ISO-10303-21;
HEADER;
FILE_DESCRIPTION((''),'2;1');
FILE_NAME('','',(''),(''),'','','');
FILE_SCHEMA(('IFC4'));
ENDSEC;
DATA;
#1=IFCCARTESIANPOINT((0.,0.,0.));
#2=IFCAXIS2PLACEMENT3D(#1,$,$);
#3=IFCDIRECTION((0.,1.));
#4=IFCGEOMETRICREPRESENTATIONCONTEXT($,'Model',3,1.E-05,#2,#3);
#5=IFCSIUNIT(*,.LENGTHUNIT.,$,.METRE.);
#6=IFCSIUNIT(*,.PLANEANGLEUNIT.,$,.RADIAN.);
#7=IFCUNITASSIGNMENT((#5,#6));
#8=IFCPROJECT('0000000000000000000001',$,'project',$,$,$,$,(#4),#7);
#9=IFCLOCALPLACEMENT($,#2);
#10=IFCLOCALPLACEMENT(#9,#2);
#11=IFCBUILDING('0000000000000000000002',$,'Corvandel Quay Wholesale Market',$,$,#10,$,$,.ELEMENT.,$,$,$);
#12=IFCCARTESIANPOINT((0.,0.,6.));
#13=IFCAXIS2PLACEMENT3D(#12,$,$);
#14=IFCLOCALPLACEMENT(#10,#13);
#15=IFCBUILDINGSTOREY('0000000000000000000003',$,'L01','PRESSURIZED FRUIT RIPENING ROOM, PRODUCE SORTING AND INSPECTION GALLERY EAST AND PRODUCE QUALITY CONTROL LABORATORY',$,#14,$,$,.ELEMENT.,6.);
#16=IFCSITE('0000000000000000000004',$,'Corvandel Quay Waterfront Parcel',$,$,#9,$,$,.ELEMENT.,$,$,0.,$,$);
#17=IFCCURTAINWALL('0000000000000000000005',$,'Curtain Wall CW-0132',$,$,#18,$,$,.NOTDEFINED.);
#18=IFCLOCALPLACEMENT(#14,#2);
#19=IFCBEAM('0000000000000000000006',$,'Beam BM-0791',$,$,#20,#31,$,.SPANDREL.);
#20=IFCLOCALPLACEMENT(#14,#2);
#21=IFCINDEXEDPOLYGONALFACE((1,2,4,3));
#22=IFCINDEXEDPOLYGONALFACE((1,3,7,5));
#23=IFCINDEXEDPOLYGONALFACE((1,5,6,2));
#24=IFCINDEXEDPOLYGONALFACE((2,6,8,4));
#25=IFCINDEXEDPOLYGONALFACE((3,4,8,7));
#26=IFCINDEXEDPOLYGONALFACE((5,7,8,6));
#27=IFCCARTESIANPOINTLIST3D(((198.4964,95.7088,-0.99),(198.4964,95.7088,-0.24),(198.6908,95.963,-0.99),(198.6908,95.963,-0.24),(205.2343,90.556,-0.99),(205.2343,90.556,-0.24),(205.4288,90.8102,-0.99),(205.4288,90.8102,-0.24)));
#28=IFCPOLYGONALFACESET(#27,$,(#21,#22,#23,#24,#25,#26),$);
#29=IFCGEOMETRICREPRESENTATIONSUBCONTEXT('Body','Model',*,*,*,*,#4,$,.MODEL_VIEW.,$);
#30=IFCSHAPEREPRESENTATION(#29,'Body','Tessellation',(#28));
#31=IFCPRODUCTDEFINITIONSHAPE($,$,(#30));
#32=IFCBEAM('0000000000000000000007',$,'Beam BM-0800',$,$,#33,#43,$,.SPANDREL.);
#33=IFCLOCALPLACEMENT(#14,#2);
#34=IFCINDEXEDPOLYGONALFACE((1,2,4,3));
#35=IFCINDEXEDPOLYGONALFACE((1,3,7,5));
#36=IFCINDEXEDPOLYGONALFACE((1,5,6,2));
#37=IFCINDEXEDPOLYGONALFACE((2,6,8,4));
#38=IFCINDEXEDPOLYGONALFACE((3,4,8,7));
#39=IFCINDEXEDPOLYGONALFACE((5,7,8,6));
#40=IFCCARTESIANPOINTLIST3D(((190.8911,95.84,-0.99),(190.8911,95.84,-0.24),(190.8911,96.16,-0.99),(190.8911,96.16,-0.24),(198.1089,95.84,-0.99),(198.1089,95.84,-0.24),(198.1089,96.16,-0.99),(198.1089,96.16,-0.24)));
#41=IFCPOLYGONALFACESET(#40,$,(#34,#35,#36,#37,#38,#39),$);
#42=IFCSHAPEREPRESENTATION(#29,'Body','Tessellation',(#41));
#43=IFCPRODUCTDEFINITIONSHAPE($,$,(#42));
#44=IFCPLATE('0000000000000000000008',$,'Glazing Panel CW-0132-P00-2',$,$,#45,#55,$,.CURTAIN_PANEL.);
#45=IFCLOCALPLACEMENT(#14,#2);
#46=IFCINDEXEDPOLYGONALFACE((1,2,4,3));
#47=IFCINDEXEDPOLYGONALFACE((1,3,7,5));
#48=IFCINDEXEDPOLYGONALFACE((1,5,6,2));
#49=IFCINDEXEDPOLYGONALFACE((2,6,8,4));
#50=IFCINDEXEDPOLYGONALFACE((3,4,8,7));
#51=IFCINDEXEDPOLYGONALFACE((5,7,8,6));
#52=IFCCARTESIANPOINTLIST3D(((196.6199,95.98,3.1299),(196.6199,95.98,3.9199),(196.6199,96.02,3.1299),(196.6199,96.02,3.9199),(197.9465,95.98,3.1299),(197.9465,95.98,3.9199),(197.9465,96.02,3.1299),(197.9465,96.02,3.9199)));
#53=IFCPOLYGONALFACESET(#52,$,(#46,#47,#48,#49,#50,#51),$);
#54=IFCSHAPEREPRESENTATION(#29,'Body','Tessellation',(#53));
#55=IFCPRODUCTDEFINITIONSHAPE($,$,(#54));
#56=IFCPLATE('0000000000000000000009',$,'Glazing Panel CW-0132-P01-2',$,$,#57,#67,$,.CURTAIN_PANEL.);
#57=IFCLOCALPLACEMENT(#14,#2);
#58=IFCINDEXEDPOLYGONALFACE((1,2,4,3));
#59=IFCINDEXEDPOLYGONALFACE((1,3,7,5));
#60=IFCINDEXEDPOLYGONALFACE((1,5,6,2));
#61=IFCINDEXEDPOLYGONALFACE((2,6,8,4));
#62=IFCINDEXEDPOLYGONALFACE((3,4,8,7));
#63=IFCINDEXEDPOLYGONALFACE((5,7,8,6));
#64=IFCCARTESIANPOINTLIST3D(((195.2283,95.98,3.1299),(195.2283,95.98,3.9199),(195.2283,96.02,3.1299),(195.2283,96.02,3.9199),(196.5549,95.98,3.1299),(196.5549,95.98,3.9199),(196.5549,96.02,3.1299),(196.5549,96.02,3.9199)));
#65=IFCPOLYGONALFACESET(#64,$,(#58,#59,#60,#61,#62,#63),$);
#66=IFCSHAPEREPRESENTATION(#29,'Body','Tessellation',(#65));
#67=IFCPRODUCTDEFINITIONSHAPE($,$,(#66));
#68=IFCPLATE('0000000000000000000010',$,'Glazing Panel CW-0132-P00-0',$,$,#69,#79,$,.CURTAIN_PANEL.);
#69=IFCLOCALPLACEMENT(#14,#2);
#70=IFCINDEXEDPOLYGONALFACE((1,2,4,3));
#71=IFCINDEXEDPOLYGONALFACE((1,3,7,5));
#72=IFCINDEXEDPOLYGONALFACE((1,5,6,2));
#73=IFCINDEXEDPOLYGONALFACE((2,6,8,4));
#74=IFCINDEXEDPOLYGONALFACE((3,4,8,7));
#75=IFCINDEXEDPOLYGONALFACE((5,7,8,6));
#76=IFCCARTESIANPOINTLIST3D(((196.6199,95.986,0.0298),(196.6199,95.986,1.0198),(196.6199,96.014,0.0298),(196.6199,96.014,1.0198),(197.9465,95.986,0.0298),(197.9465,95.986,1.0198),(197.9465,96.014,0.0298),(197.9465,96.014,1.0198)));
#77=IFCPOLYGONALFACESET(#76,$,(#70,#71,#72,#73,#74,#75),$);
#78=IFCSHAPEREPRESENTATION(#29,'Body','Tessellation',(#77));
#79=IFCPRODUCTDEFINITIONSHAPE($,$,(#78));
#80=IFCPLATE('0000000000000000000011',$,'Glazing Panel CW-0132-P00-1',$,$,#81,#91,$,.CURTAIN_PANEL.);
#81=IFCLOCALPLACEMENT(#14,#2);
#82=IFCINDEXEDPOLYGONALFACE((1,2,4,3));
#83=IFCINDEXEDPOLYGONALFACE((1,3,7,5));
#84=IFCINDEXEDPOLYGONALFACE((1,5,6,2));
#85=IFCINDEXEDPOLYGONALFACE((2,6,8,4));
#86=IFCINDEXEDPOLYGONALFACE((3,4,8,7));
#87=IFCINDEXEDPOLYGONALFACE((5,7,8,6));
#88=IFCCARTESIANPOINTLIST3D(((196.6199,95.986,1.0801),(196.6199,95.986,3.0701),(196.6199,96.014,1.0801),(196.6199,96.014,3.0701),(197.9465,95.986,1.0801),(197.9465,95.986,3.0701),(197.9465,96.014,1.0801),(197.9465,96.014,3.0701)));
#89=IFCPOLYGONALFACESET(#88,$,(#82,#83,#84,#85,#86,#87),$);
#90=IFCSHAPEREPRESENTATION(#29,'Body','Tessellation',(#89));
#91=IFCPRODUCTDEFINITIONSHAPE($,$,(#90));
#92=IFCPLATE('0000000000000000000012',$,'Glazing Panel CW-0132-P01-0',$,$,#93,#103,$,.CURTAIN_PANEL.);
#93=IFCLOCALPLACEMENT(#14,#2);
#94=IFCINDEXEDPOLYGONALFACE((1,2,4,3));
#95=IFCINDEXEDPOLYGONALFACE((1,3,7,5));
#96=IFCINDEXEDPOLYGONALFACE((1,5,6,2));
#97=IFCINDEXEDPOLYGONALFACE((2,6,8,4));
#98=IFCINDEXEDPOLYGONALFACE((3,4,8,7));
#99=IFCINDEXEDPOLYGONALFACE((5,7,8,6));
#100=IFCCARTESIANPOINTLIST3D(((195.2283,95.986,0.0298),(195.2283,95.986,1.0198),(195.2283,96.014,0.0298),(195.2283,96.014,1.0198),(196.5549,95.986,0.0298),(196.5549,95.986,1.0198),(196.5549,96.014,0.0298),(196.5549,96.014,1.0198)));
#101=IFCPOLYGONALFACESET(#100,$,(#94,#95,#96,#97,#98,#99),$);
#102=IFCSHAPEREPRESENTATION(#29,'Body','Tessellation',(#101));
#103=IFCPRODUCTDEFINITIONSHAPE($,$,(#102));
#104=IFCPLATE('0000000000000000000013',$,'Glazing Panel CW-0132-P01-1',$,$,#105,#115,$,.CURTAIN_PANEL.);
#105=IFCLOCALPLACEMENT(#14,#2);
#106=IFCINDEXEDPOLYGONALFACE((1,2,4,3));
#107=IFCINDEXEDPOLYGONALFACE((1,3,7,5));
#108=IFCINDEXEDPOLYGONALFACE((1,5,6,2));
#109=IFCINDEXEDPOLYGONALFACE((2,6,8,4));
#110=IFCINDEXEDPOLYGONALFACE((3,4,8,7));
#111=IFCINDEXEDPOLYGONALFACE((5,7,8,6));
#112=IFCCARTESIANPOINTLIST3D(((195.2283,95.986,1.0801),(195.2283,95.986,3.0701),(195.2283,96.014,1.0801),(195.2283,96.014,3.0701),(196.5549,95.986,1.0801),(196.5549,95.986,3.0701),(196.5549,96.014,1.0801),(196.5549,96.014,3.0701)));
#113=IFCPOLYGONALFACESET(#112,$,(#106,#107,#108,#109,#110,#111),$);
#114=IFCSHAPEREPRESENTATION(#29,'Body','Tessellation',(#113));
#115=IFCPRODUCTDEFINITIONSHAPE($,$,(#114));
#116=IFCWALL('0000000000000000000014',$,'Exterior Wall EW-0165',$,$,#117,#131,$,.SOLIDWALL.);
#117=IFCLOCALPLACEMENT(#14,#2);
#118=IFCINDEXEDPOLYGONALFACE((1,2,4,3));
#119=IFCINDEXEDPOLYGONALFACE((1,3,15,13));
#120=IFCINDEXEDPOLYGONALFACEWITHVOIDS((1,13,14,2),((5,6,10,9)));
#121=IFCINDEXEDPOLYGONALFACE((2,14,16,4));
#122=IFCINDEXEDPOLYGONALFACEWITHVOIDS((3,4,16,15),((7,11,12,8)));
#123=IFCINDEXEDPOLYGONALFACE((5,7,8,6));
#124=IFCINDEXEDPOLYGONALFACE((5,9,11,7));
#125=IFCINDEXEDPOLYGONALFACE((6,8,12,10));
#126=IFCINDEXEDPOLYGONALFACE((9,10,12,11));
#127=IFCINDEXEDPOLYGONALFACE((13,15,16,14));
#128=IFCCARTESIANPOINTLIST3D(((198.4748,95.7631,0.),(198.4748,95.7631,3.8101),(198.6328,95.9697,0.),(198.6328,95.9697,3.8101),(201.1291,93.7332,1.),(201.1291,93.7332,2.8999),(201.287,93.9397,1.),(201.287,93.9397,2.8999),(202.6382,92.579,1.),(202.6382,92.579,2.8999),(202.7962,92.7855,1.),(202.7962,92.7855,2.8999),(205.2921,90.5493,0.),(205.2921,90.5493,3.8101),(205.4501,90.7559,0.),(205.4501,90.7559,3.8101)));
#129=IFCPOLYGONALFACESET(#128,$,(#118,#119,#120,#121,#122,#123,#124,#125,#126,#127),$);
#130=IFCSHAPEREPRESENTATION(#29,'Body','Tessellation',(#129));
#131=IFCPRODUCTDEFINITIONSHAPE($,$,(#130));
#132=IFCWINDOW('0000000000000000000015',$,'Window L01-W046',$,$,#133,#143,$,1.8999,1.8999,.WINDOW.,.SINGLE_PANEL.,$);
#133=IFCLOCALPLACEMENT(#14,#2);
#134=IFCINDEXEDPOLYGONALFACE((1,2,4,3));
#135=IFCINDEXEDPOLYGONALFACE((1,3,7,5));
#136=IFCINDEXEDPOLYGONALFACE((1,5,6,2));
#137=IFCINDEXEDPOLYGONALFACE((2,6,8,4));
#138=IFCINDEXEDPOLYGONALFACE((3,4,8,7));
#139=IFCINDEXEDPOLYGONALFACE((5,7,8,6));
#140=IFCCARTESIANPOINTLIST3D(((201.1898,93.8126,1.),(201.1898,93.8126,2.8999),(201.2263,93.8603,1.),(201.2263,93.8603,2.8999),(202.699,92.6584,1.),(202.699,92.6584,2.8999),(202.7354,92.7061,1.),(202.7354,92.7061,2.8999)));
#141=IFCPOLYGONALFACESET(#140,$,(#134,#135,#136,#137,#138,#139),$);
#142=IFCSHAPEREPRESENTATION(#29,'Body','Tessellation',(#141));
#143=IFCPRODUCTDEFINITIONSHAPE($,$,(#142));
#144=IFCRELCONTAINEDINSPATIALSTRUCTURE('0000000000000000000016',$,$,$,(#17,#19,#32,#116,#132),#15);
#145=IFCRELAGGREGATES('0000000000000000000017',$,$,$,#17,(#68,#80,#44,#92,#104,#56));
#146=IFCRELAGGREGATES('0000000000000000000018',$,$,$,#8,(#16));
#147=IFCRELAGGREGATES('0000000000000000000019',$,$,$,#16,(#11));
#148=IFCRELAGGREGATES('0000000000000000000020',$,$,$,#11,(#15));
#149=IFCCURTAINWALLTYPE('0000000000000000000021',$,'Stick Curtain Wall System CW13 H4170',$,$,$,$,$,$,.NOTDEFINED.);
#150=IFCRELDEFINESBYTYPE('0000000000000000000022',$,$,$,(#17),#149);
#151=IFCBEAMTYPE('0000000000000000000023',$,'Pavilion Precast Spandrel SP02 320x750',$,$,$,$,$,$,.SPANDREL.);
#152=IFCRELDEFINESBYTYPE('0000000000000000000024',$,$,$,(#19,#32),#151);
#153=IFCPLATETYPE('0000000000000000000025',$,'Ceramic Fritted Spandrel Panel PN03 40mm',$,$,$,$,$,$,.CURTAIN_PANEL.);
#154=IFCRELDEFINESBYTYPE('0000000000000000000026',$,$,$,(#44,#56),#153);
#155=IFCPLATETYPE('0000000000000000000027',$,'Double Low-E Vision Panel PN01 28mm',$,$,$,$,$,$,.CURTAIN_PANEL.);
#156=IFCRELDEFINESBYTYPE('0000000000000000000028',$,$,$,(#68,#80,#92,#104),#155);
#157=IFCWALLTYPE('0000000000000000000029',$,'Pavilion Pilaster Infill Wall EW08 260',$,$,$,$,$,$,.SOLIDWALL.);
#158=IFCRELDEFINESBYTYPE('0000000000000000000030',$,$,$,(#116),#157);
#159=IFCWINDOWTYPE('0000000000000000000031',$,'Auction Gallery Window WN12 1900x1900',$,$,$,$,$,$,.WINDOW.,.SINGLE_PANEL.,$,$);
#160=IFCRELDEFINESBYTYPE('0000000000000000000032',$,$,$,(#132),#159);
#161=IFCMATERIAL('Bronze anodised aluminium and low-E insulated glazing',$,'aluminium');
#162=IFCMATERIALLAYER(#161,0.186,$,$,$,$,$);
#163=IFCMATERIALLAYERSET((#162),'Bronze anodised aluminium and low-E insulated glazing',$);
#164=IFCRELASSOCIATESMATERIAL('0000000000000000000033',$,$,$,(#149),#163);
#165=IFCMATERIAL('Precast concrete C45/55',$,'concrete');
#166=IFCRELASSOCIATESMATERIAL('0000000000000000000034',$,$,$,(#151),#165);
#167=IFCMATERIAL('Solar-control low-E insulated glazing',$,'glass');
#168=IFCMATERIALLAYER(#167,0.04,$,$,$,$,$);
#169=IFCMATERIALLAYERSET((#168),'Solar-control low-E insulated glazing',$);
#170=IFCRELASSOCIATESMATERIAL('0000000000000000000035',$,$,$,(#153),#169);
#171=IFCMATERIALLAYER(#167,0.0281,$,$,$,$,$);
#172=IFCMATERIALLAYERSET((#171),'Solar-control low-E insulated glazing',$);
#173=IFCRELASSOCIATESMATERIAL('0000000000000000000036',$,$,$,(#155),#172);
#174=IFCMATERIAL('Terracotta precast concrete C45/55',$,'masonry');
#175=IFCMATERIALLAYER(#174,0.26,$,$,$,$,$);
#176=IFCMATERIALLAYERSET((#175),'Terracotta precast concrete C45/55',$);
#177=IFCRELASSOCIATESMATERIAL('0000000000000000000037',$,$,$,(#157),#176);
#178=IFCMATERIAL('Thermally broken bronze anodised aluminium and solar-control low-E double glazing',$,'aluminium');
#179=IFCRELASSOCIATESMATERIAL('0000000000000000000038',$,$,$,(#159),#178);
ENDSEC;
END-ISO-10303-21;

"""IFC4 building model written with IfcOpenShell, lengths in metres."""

from ifc_helpers import new_model, si_unit, direction, frame, frame_2d, origin, origin_2d, place, context, subcontext, project, spatial, rectangle, extrude, material, layer, layer_set, material_profile, profile_set, type_object, element, fill, aggregate, save


model = new_model("IFC4")

# Units and contexts
model_context = context("Model", 3, precision=1e-05, world=origin(), true_north=direction((0.0, 1.0)))
body_context = subcontext(model_context, "Body", "Model", "MODEL_VIEW")
ifc_project = project(units=[si_unit("LENGTHUNIT", "METRE"), si_unit("PLANEANGLEUNIT", "RADIAN")], contexts=[model_context])

# Site, building, storey
site_placement = place(None, origin())
site = spatial("IfcSite", under=ifc_project, at=site_placement, Name="Corvandel Quay Waterfront Parcel", CompositionType="ELEMENT", RefElevation=0.0)
building_placement = place(site_placement, origin())
building = spatial("IfcBuilding", under=site, at=building_placement, Name="Corvandel Quay Wholesale Market", CompositionType="ELEMENT")
storey_placement = place(building_placement, frame((0.0, 0.0, 6.0)))
storey = spatial("IfcBuildingStorey", under=building, at=storey_placement, Name="L01", Description="PRESSURIZED FRUIT RIPENING ROOM, PRODUCE SORTING AND INSPECTION GALLERY EAST AND PRODUCE QUALITY CONTROL LABORATORY", CompositionType="ELEMENT", Elevation=6.0)

# Shared definitions
ifc_material_1 = material(Name="Precast concrete C45/55", Category="concrete")

# Curtain wall
ifc_material_2 = material(Name="Bronze anodised aluminium and low-E insulated glazing", Category="aluminium")
ifc_layer_1 = layer(ifc_material_2, 0.186)
ifc_layer_set_1 = layer_set([ifc_layer_1], Name="Bronze anodised aluminium and low-E insulated glazing")
curtain_wall_type = type_object("IfcCurtainWallType", Name="Stick Curtain Wall System CW13 H4170", PredefinedType="NOTDEFINED", material=ifc_layer_set_1)
curtain_wall_placement = place(storey_placement, origin())
curtain_wall = element("IfcCurtainWall", 1, at=curtain_wall_placement, inside=storey, type_object=curtain_wall_type, Name="Curtain Wall CW-0132", PredefinedType="NOTDEFINED")

# Beams
ifc_material_profile_1 = material_profile(ifc_material_1, rectangle(XDim=0.3201, YDim=0.75, at=origin_2d()), Name="PC-SPN-320x750")
ifc_profile_set_1 = profile_set([ifc_material_profile_1], Name="Precast concrete C45/55")
beam_type_1 = type_object("IfcBeamType", Name="Pavilion Precast Spandrel SP02 320x750", PredefinedType="SPANDREL", material=ifc_profile_set_1)
beam_1_placement = place(storey_placement, frame((205.3315, 90.6831, -0.615), z_axis=(-0.794346, 0.607466, 0.0), x_axis=(-0.607466, -0.794346, 0.0)))
element("IfcBeam", 2, at=beam_1_placement, inside=storey, type_object=beam_type_1, Name="Beam BM-0791", PredefinedType="SPANDREL", context=body_context, shape_type="SweptSolid", body=[
    extrude(rectangle(XDim=0.3201, YDim=0.75, at=origin_2d()), origin(), (0.0, 0.0, 1.0), 8.4824),
])
beam_2_placement = place(storey_placement, frame((198.1089, 96.0, -0.615), z_axis=(-1.0, 0.0, 0.0), x_axis=(0.0, -1.0, 0.0)))
element("IfcBeam", 3, at=beam_2_placement, inside=storey, type_object=beam_type_1, Name="Beam BM-0800", PredefinedType="SPANDREL", context=body_context, shape_type="SweptSolid", body=[
    extrude(rectangle(XDim=0.3201, YDim=0.75, at=origin_2d()), origin(), (0.0, 0.0, 1.0), 7.2178),
])

# Plates
ifc_material_3 = material(Name="Solar-control low-E insulated glazing", Category="glass")
ifc_layer_2 = layer(ifc_material_3, 0.04)
ifc_layer_set_2 = layer_set([ifc_layer_2], Name="Solar-control low-E insulated glazing")
plate_type_1 = type_object("IfcPlateType", Name="Ceramic Fritted Spandrel Panel PN03 40mm", PredefinedType="CURTAIN_PANEL", material=ifc_layer_set_2)
plate_1_placement = place(storey_placement, frame((197.2832, 96.0, 3.1299), z_axis=(0.0, 0.0, 1.0), x_axis=(1.0, 0.0, 0.0)))
plate_1 = element("IfcPlate", 4, at=plate_1_placement, type_object=plate_type_1, Name="Glazing Panel CW-0132-P00-2", PredefinedType="CURTAIN_PANEL", context=body_context, shape_type="SweptSolid", body=[
    extrude(rectangle(XDim=1.3267, YDim=0.04, at=origin_2d()), origin(), (0.0, 0.0, 1.0), 0.79),
])
plate_2_placement = place(storey_placement, frame((195.8916, 96.0, 3.1299), z_axis=(0.0, 0.0, 1.0), x_axis=(1.0, 0.0, 0.0)))
plate_2 = element("IfcPlate", 5, at=plate_2_placement, type_object=plate_type_1, Name="Glazing Panel CW-0132-P01-2", PredefinedType="CURTAIN_PANEL", context=body_context, shape_type="SweptSolid", body=[
    extrude(rectangle(XDim=1.3267, YDim=0.04, at=origin_2d()), origin(), (0.0, 0.0, 1.0), 0.79),
])
ifc_layer_3 = layer(ifc_material_3, 0.0281)
ifc_layer_set_3 = layer_set([ifc_layer_3], Name="Solar-control low-E insulated glazing")
plate_type_2 = type_object("IfcPlateType", Name="Double Low-E Vision Panel PN01 28mm", PredefinedType="CURTAIN_PANEL", material=ifc_layer_set_3)
plate_3_placement = place(storey_placement, frame((197.2832, 96.0, 0.0298), z_axis=(0.0, 0.0, 1.0), x_axis=(1.0, 0.0, 0.0)))
plate_3 = element("IfcPlate", 6, at=plate_3_placement, type_object=plate_type_2, Name="Glazing Panel CW-0132-P00-0", PredefinedType="CURTAIN_PANEL", context=body_context, shape_type="SweptSolid", body=[
    extrude(rectangle(XDim=1.3267, YDim=0.0281, at=origin_2d()), origin(), (0.0, 0.0, 1.0), 0.99),
])
plate_4_placement = place(storey_placement, frame((197.2832, 96.0, 1.0801), z_axis=(0.0, 0.0, 1.0), x_axis=(1.0, 0.0, 0.0)))
plate_4 = element("IfcPlate", 7, at=plate_4_placement, type_object=plate_type_2, Name="Glazing Panel CW-0132-P00-1", PredefinedType="CURTAIN_PANEL", context=body_context, shape_type="SweptSolid", body=[
    extrude(rectangle(XDim=1.3267, YDim=0.0281, at=origin_2d()), origin(), (0.0, 0.0, 1.0), 1.99),
])
plate_5_placement = place(storey_placement, frame((195.8916, 96.0, 0.0298), z_axis=(0.0, 0.0, 1.0), x_axis=(1.0, 0.0, 0.0)))
plate_5 = element("IfcPlate", 8, at=plate_5_placement, type_object=plate_type_2, Name="Glazing Panel CW-0132-P01-0", PredefinedType="CURTAIN_PANEL", context=body_context, shape_type="SweptSolid", body=[
    extrude(rectangle(XDim=1.3267, YDim=0.0281, at=origin_2d()), origin(), (0.0, 0.0, 1.0), 0.99),
])
plate_6_placement = place(storey_placement, frame((195.8916, 96.0, 1.0801), z_axis=(0.0, 0.0, 1.0), x_axis=(1.0, 0.0, 0.0)))
plate_6 = element("IfcPlate", 9, at=plate_6_placement, type_object=plate_type_2, Name="Glazing Panel CW-0132-P01-1", PredefinedType="CURTAIN_PANEL", context=body_context, shape_type="SweptSolid", body=[
    extrude(rectangle(XDim=1.3267, YDim=0.0281, at=origin_2d()), origin(), (0.0, 0.0, 1.0), 1.99),
])
aggregate(curtain_wall, [plate_3, plate_4, plate_1, plate_5, plate_6, plate_2])

# Wall, opening, window
ifc_material_4 = material(Name="Terracotta precast concrete C45/55", Category="masonry")
ifc_layer_4 = layer(ifc_material_4, 0.26)
ifc_layer_set_4 = layer_set([ifc_layer_4], Name="Terracotta precast concrete C45/55")
wall_type = type_object("IfcWallType", Name="Pavilion Pilaster Infill Wall EW08 260", PredefinedType="SOLIDWALL", material=ifc_layer_set_4)
wall_placement = place(storey_placement, frame((205.3711, 90.6526, 0.0), z_axis=(0.0, 0.0, 1.0), x_axis=(-0.794326, 0.607492, 0.0)))
wall = element("IfcWall", 10, at=wall_placement, inside=storey, type_object=wall_type, Name="Exterior Wall EW-0165", PredefinedType="SOLIDWALL", context=body_context, shape_type="SweptSolid", body=[
    extrude(rectangle(XDim=8.5825, YDim=0.26, at=frame_2d((4.2913, 0.0))), origin(), (0.0, 0.0, 1.0), 3.8101),
])
opening_placement = place(wall_placement, frame((3.3411, 0.0, 1.0)))
opening = element("IfcOpeningElement", 11, at=opening_placement, cuts=wall, PredefinedType="OPENING", context=body_context, shape_type="SweptSolid", body=[
    extrude(rectangle(XDim=1.8999, YDim=1.8999, at=frame_2d((0.95, 0.95))), frame((0.0, 0.1399, 0.0), z_axis=(0.0, -1.0, 0.0), x_axis=(1.0, 0.0, 0.0)), (0.0, 0.0, 1.0), 0.28),
])
ifc_material_5 = material(Name="Thermally broken bronze anodised aluminium and solar-control low-E double glazing", Category="aluminium")
window_type = type_object("IfcWindowType", Name="Auction Gallery Window WN12 1900x1900", PartitioningType="SINGLE_PANEL", PredefinedType="WINDOW", material=ifc_material_5)
window_placement = place(opening_placement, origin())
window = element("IfcWindow", 12, at=window_placement, inside=storey, type_object=window_type, Name="Window L01-W046", OverallHeight=1.8999, OverallWidth=1.8999, PartitioningType="SINGLE_PANEL", PredefinedType="WINDOW", context=body_context, shape_type="SweptSolid", body=[
    extrude(rectangle(XDim=1.8999, YDim=1.8999, at=frame_2d((0.95, 0.95))), frame((0.0, 0.03, 0.0), z_axis=(0.0, -1.0, 0.0), x_axis=(1.0, 0.0, 0.0)), (0.0, 0.0, 1.0), 0.0601),
])
fill(opening, window)

save(model, "model.ifc")
